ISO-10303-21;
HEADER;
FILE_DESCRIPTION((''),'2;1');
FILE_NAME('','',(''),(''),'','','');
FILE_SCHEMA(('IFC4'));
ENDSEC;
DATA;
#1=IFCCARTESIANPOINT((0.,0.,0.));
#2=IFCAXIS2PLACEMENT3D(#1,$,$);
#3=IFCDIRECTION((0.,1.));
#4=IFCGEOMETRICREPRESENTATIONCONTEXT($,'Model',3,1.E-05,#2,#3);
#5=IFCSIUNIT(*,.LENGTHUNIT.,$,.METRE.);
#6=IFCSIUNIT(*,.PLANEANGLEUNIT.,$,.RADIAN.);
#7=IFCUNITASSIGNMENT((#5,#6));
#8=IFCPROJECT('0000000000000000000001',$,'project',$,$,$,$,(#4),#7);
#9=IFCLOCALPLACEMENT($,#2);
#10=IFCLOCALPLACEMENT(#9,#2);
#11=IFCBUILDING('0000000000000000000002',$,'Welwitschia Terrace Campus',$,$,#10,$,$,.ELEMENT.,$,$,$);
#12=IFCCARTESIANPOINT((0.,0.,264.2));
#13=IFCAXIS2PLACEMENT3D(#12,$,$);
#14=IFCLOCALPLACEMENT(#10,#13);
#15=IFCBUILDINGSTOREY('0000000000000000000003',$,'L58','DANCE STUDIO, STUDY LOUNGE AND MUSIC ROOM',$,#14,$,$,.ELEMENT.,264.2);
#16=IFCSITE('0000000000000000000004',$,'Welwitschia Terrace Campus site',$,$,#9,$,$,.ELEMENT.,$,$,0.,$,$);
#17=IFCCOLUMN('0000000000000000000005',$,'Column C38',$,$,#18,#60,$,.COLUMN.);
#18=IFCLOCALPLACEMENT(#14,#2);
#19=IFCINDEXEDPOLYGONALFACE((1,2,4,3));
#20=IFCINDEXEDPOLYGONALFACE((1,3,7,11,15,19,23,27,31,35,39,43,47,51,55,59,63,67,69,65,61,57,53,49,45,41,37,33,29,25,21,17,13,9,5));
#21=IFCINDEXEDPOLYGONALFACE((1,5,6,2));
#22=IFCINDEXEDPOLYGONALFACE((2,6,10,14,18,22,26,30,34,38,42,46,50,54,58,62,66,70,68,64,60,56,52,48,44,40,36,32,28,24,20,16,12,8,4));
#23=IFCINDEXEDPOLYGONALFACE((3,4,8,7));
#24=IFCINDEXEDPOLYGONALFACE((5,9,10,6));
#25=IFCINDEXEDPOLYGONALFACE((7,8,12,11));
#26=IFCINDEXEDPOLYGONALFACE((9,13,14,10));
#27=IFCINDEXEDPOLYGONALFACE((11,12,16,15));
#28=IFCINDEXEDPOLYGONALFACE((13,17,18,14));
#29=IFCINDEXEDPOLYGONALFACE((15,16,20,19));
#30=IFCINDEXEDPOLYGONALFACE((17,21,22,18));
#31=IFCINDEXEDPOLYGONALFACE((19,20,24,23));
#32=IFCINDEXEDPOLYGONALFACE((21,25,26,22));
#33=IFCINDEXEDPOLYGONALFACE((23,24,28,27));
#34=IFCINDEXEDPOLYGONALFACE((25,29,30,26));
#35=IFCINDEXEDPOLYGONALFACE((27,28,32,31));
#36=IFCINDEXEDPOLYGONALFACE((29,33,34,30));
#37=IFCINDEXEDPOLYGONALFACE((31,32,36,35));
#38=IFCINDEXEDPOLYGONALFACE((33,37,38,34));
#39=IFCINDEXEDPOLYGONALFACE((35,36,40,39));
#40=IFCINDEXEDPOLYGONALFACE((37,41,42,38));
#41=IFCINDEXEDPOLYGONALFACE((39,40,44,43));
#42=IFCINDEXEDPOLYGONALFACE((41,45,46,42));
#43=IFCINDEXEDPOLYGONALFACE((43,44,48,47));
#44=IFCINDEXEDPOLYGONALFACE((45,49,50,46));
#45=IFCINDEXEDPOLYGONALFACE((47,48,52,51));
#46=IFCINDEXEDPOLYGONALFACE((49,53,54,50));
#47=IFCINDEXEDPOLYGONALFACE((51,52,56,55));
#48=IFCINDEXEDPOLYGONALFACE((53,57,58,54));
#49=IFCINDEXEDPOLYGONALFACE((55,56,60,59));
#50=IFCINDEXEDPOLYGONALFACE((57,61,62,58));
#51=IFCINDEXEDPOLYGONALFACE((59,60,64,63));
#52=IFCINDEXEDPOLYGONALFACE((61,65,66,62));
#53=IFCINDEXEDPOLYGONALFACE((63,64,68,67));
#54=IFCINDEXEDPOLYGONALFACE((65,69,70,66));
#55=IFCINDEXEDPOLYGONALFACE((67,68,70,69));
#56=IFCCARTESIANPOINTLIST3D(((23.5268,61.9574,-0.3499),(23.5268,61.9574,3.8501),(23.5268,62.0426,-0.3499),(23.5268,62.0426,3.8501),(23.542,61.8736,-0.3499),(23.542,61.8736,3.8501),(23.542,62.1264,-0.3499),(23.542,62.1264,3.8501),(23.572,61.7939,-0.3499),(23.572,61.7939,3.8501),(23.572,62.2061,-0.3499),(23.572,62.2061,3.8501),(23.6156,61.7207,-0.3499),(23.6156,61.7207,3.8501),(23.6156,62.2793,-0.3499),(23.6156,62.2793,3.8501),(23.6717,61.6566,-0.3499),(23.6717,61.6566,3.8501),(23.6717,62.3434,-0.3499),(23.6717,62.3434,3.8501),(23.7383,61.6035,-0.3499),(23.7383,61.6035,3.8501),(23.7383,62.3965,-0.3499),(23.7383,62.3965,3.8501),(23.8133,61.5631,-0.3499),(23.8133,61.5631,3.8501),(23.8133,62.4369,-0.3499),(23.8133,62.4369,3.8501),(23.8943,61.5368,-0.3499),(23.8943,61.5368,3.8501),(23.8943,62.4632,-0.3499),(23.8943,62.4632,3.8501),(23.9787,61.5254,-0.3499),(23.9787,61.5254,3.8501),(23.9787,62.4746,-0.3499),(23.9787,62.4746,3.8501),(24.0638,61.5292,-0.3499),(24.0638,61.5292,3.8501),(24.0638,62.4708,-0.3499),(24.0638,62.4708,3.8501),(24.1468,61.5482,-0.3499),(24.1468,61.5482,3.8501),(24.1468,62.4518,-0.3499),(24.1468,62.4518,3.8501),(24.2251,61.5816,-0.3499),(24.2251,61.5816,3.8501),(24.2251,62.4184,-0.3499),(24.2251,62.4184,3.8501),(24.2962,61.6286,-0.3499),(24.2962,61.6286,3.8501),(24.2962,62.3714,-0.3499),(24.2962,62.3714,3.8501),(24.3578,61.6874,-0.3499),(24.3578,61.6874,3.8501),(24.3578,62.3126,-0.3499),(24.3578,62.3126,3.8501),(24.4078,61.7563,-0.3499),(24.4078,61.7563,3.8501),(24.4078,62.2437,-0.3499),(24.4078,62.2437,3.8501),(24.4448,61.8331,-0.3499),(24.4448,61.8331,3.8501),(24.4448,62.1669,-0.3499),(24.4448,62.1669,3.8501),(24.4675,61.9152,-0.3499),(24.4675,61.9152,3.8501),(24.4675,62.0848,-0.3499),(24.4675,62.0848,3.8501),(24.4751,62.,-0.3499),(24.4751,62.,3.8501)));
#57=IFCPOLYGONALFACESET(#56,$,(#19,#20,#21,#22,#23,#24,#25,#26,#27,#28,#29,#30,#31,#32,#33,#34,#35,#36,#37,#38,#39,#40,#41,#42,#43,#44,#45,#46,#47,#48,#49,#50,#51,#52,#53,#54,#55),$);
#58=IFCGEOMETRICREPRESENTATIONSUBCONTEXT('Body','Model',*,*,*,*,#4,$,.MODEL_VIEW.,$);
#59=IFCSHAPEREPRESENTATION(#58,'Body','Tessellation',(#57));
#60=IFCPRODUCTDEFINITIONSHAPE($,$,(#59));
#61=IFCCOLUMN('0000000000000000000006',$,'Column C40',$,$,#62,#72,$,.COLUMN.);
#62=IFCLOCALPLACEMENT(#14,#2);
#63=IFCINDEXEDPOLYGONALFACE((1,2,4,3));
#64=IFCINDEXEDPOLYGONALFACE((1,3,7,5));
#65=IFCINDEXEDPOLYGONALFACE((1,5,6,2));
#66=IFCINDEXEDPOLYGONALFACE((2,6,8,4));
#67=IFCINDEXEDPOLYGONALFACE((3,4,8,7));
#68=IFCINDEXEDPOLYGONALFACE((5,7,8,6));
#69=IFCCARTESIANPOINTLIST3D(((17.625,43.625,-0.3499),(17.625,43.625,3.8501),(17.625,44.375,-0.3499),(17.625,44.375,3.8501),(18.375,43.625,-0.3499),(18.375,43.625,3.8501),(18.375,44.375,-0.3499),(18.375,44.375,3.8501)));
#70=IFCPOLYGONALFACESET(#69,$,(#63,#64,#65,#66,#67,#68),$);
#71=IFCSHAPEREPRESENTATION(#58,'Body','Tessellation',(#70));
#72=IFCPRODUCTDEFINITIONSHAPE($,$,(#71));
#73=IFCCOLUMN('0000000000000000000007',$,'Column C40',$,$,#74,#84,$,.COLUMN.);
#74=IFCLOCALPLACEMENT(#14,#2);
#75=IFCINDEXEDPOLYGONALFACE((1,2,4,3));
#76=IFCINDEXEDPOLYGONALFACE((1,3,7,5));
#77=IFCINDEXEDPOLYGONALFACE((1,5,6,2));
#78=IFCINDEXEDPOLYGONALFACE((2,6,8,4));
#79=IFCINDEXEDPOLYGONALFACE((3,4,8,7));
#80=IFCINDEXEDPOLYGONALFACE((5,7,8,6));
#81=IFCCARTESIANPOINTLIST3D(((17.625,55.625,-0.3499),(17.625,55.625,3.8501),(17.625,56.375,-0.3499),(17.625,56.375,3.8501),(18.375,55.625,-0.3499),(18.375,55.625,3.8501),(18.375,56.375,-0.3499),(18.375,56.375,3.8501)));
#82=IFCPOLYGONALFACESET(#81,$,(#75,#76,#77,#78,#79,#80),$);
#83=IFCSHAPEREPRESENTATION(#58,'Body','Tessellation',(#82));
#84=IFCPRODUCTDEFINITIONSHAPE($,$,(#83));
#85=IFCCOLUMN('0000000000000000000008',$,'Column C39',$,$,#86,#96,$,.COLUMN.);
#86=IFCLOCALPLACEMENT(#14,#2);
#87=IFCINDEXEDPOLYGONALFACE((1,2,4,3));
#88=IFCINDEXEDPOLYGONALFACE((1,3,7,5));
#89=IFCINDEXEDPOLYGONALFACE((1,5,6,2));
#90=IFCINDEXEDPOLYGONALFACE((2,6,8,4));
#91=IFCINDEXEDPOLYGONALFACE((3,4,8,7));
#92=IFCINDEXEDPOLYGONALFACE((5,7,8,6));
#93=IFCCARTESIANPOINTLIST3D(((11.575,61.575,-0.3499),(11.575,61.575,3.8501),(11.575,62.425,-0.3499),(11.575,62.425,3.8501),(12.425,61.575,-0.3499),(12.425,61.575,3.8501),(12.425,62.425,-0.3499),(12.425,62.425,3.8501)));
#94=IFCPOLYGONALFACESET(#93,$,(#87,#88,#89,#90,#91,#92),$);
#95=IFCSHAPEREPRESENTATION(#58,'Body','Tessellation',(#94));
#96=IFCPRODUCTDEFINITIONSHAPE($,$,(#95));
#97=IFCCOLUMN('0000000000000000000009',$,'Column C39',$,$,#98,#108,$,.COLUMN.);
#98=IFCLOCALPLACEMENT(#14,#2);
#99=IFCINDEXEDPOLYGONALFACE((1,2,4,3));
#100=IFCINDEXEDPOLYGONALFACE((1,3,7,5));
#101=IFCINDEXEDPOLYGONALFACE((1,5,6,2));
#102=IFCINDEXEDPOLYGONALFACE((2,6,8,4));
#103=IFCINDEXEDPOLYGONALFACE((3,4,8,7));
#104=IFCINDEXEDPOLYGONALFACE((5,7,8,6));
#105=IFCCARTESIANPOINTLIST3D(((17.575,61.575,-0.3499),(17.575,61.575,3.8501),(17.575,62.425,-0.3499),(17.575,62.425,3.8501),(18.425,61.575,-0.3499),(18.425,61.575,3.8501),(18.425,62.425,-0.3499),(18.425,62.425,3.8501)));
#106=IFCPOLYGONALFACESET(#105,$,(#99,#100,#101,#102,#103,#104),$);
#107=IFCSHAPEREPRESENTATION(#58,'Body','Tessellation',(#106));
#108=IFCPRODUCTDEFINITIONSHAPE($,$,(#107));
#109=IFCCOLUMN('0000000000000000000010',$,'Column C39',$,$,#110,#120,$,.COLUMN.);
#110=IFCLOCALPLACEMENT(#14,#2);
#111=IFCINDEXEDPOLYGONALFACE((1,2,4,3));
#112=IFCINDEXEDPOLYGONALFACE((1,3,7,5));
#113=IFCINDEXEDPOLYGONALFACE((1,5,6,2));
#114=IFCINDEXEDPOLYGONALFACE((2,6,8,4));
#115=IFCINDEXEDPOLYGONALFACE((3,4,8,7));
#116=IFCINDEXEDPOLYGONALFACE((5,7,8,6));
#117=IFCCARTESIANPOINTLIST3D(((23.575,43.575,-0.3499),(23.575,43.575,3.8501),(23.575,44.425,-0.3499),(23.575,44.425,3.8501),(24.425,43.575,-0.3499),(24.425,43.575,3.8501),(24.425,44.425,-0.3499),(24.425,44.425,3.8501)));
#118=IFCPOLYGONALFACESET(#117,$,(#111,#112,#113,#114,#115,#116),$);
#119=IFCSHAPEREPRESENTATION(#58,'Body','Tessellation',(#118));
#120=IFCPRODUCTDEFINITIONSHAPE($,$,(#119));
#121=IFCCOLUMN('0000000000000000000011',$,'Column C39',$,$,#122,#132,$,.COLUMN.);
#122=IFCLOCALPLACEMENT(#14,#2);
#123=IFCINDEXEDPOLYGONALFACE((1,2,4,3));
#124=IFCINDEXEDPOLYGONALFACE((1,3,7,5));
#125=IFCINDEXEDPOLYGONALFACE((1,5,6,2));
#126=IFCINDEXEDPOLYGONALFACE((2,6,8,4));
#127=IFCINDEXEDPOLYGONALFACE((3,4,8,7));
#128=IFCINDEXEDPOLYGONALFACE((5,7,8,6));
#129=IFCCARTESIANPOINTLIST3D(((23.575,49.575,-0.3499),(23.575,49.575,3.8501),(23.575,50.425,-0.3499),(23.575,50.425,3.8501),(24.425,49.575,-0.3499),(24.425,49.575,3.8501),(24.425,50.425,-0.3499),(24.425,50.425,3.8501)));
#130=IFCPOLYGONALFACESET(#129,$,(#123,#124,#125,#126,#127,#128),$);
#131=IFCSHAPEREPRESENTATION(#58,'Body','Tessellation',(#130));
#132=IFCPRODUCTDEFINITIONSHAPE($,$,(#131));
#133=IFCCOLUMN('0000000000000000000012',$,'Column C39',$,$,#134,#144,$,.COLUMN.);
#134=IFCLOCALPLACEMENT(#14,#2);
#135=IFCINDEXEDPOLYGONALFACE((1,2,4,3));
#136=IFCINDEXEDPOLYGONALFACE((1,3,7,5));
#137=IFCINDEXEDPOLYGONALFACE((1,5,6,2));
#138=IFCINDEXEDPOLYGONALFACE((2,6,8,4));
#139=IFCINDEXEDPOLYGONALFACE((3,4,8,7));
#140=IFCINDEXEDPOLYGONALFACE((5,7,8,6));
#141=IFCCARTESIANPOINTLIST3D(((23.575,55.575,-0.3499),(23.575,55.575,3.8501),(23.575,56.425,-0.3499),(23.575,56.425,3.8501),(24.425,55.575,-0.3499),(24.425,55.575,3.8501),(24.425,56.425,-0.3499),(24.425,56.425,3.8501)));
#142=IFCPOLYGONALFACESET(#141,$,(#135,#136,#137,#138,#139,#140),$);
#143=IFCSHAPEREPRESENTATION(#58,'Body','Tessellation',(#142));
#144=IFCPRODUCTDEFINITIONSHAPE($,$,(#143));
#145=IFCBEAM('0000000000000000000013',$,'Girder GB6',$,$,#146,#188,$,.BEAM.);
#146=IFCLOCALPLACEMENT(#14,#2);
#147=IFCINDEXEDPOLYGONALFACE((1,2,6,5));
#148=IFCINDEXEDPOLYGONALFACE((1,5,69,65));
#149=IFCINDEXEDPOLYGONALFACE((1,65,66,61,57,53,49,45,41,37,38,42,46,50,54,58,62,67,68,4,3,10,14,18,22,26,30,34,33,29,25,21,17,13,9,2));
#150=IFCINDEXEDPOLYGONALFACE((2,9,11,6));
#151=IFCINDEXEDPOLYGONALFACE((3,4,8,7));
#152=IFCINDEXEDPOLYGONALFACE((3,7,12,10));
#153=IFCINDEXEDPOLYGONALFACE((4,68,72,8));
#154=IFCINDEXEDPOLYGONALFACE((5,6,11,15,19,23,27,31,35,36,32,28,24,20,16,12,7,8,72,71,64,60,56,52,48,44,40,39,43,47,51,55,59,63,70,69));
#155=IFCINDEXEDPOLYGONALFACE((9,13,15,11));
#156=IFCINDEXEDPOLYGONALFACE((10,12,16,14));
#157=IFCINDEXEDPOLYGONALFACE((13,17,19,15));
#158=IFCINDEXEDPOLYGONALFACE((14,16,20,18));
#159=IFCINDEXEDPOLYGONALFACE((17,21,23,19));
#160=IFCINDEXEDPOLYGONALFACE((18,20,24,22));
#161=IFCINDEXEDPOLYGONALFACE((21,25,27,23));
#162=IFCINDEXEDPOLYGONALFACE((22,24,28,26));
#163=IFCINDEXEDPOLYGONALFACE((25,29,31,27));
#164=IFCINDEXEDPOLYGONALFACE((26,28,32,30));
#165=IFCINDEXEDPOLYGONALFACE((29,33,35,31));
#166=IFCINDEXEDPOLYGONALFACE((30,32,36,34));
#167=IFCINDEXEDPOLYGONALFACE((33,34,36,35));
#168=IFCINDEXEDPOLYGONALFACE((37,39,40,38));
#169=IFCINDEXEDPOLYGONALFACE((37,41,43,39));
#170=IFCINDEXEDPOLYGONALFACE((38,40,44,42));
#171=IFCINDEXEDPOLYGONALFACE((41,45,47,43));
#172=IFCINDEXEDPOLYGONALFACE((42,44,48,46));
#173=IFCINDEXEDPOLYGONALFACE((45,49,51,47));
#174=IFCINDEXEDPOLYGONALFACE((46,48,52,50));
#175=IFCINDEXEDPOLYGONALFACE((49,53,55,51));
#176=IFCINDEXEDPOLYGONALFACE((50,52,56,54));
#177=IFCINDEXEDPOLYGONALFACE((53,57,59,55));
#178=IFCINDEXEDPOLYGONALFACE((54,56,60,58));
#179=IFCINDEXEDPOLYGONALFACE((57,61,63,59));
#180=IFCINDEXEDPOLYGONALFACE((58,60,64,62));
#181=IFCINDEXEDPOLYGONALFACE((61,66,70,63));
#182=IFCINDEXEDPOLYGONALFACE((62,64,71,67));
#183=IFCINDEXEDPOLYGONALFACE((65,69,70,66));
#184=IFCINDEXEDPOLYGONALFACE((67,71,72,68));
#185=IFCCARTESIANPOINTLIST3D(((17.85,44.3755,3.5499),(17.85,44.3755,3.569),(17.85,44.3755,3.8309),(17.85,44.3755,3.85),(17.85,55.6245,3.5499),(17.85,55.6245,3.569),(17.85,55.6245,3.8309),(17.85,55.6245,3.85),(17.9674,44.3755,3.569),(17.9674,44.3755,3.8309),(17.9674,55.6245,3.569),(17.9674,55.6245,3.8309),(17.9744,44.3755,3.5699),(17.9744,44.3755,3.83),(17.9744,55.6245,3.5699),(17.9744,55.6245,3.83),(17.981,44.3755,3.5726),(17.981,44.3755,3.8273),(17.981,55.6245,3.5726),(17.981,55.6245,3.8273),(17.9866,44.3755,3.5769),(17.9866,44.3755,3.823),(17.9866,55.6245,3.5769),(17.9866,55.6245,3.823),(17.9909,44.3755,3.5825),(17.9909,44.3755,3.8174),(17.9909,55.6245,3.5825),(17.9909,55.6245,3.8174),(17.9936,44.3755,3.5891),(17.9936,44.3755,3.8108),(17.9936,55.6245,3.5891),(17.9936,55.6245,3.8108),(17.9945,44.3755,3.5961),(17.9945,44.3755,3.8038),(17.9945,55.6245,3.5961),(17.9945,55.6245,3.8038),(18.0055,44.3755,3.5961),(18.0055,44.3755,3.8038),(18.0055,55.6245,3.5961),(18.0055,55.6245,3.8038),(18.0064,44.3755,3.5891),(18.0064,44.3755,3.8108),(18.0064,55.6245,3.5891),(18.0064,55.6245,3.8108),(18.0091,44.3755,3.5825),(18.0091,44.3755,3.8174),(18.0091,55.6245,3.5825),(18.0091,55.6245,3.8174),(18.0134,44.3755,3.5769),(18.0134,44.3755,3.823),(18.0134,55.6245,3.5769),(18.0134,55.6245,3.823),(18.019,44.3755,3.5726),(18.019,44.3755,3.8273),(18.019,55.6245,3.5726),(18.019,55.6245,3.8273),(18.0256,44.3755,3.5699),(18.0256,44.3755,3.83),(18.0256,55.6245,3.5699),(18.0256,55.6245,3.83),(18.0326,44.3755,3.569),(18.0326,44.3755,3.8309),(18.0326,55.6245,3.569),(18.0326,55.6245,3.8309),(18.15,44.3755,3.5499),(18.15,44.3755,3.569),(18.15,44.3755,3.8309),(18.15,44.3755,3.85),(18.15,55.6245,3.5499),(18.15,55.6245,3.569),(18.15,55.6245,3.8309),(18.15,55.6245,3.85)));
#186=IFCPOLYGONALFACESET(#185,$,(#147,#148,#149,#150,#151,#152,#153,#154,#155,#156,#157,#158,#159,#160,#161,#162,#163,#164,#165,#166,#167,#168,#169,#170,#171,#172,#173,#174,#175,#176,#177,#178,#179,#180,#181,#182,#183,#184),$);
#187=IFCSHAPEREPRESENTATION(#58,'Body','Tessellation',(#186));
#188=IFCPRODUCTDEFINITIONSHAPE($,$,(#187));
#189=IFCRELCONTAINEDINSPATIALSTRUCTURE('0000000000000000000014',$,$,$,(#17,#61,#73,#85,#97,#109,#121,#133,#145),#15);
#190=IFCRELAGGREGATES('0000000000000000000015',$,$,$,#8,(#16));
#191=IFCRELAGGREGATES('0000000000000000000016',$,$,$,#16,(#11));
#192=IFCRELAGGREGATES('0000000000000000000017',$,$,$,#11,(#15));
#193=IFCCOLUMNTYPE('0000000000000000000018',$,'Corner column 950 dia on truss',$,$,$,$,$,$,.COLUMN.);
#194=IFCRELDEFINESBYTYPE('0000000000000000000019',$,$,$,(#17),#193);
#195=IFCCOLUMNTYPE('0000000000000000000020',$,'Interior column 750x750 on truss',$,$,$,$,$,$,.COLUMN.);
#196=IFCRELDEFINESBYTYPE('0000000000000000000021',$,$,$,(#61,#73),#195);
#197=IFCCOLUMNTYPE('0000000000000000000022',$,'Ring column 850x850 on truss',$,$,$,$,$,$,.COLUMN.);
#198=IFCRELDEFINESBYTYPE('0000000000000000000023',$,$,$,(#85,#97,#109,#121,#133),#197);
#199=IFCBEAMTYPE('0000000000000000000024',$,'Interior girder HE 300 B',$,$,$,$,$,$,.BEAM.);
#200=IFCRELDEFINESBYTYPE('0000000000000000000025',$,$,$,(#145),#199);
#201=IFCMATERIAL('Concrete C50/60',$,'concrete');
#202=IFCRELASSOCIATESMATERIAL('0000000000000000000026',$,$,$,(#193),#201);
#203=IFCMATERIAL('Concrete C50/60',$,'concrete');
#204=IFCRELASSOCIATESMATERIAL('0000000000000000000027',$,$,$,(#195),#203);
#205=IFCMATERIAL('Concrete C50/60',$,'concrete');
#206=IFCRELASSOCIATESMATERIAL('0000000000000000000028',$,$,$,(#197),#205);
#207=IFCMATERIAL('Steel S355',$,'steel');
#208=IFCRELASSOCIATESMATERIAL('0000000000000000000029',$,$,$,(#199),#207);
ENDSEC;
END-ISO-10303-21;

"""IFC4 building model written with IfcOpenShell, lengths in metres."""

from ifc_helpers import new_model, si_unit, direction, frame, origin, origin_2d, place, context, subcontext, project, spatial, rectangle, circle, i_section, extrude, material, material_profile, profile_set, type_object, element, save


model = new_model("IFC4")

# Units and contexts
model_context = context("Model", 3, precision=1e-05, world=origin(), true_north=direction((0.0, 1.0)))
body_context = subcontext(model_context, "Body", "Model", "MODEL_VIEW")
ifc_project = project(units=[si_unit("LENGTHUNIT", "METRE"), si_unit("PLANEANGLEUNIT", "RADIAN")], contexts=[model_context])

# Site, building, storey
site_placement = place(None, origin())
site = spatial("IfcSite", under=ifc_project, at=site_placement, Name="Welwitschia Terrace Campus site", CompositionType="ELEMENT", RefElevation=0.0)
building_placement = place(site_placement, origin())
building = spatial("IfcBuilding", under=site, at=building_placement, Name="Welwitschia Terrace Campus", CompositionType="ELEMENT")
storey_placement = place(building_placement, frame((0.0, 0.0, 264.2)))
storey = spatial("IfcBuildingStorey", under=building, at=storey_placement, Name="L58", Description="DANCE STUDIO, STUDY LOUNGE AND MUSIC ROOM", CompositionType="ELEMENT", Elevation=264.2)

# Columns
ifc_material_1 = material(Name="Concrete C50/60", Category="concrete")
ifc_material_profile_1 = material_profile(ifc_material_1, circle(Radius=0.4751, at=origin_2d()))
ifc_profile_set_1 = profile_set([ifc_material_profile_1], Name="Concrete C50/60")
column_type_1 = type_object("IfcColumnType", Name="Corner column 950 dia on truss", PredefinedType="COLUMN", material=ifc_profile_set_1)
column_placement = place(storey_placement, frame((24.0, 62.0, -0.3499), z_axis=(0.0, 0.0, 1.0), x_axis=(1.0, 0.0, 0.0)))
element("IfcColumn", 1, at=column_placement, inside=storey, type_object=column_type_1, Name="Column C38", PredefinedType="COLUMN", context=body_context, shape_type="SweptSolid", body=[
    extrude(circle(Radius=0.4751, at=origin_2d()), origin(), (0.0, 0.0, 1.0), 4.2),
])
ifc_material_2 = material(Name="Concrete C50/60", Category="concrete")
ifc_material_profile_2 = material_profile(ifc_material_2, rectangle(XDim=0.75, YDim=0.75, at=origin_2d()))
ifc_profile_set_2 = profile_set([ifc_material_profile_2], Name="Concrete C50/60")
column_type_2 = type_object("IfcColumnType", Name="Interior column 750x750 on truss", PredefinedType="COLUMN", material=ifc_profile_set_2)
for number, where, z_axis, x_axis, name in (
    (2, (18.0, 44.0, -0.3499), (0.0, 0.0, 1.0), (1.0, 0.0, 0.0), "Column C40"),
    (3, (18.0, 56.0, -0.3499), (0.0, 0.0, 1.0), (1.0, 0.0, 0.0), "Column C40"),
):
    element("IfcColumn", number, at=place(storey_placement, frame(where, z_axis=z_axis, x_axis=x_axis)), inside=storey, type_object=column_type_2, Name=name, PredefinedType="COLUMN", context=body_context, shape_type="SweptSolid", body=[
        extrude(rectangle(XDim=0.75, YDim=0.75, at=origin_2d()), origin(), (0.0, 0.0, 1.0), 4.2),
    ])
ifc_material_3 = material(Name="Concrete C50/60", Category="concrete")
ifc_material_profile_3 = material_profile(ifc_material_3, rectangle(XDim=0.8501, YDim=0.8501, at=origin_2d()))
ifc_profile_set_3 = profile_set([ifc_material_profile_3], Name="Concrete C50/60")
column_type_3 = type_object("IfcColumnType", Name="Ring column 850x850 on truss", PredefinedType="COLUMN", material=ifc_profile_set_3)
for number, where, z_axis, x_axis, name in (
    (4, (12.0, 62.0, -0.3499), (0.0, 0.0, 1.0), (1.0, 0.0, 0.0), "Column C39"),
    (5, (18.0, 62.0, -0.3499), (0.0, 0.0, 1.0), (1.0, 0.0, 0.0), "Column C39"),
    (6, (24.0, 44.0, -0.3499), (0.0, 0.0, 1.0), (1.0, 0.0, 0.0), "Column C39"),
    (7, (24.0, 50.0, -0.3499), (0.0, 0.0, 1.0), (1.0, 0.0, 0.0), "Column C39"),
    (8, (24.0, 56.0, -0.3499), (0.0, 0.0, 1.0), (1.0, 0.0, 0.0), "Column C39"),
):
    element("IfcColumn", number, at=place(storey_placement, frame(where, z_axis=z_axis, x_axis=x_axis)), inside=storey, type_object=column_type_3, Name=name, PredefinedType="COLUMN", context=body_context, shape_type="SweptSolid", body=[
        extrude(rectangle(XDim=0.8501, YDim=0.8501, at=origin_2d()), origin(), (0.0, 0.0, 1.0), 4.2),
    ])

# Beam
ifc_material_4 = material(Name="Steel S355", Category="steel")
ifc_material_profile_4 = material_profile(ifc_material_4, i_section(OverallWidth=0.3, OverallDepth=0.3, WebThickness=0.011, FlangeThickness=0.019, FilletRadius=0.0271, at=origin_2d()))
ifc_profile_set_4 = profile_set([ifc_material_profile_4], Name="Steel S355")
beam_type_1 = type_object("IfcBeamType", Name="Interior girder HE 300 B", PredefinedType="BEAM", material=ifc_profile_set_4)
beam_1_placement = place(storey_placement, frame((18.0, 44.3755, 3.7), z_axis=(0.0, 1.0, 0.0), x_axis=(-1.0, 0.0, 0.0)))
element("IfcBeam", 9, at=beam_1_placement, inside=storey, type_object=beam_type_1, Name="Girder GB6", PredefinedType="BEAM", context=body_context, shape_type="SweptSolid", body=[
    extrude(i_section(OverallWidth=0.3, OverallDepth=0.3, WebThickness=0.011, FlangeThickness=0.019, FilletRadius=0.0271, at=origin_2d()), origin(), (0.0, 0.0, 1.0), 11.249),
])

save(model, "model.ifc")
